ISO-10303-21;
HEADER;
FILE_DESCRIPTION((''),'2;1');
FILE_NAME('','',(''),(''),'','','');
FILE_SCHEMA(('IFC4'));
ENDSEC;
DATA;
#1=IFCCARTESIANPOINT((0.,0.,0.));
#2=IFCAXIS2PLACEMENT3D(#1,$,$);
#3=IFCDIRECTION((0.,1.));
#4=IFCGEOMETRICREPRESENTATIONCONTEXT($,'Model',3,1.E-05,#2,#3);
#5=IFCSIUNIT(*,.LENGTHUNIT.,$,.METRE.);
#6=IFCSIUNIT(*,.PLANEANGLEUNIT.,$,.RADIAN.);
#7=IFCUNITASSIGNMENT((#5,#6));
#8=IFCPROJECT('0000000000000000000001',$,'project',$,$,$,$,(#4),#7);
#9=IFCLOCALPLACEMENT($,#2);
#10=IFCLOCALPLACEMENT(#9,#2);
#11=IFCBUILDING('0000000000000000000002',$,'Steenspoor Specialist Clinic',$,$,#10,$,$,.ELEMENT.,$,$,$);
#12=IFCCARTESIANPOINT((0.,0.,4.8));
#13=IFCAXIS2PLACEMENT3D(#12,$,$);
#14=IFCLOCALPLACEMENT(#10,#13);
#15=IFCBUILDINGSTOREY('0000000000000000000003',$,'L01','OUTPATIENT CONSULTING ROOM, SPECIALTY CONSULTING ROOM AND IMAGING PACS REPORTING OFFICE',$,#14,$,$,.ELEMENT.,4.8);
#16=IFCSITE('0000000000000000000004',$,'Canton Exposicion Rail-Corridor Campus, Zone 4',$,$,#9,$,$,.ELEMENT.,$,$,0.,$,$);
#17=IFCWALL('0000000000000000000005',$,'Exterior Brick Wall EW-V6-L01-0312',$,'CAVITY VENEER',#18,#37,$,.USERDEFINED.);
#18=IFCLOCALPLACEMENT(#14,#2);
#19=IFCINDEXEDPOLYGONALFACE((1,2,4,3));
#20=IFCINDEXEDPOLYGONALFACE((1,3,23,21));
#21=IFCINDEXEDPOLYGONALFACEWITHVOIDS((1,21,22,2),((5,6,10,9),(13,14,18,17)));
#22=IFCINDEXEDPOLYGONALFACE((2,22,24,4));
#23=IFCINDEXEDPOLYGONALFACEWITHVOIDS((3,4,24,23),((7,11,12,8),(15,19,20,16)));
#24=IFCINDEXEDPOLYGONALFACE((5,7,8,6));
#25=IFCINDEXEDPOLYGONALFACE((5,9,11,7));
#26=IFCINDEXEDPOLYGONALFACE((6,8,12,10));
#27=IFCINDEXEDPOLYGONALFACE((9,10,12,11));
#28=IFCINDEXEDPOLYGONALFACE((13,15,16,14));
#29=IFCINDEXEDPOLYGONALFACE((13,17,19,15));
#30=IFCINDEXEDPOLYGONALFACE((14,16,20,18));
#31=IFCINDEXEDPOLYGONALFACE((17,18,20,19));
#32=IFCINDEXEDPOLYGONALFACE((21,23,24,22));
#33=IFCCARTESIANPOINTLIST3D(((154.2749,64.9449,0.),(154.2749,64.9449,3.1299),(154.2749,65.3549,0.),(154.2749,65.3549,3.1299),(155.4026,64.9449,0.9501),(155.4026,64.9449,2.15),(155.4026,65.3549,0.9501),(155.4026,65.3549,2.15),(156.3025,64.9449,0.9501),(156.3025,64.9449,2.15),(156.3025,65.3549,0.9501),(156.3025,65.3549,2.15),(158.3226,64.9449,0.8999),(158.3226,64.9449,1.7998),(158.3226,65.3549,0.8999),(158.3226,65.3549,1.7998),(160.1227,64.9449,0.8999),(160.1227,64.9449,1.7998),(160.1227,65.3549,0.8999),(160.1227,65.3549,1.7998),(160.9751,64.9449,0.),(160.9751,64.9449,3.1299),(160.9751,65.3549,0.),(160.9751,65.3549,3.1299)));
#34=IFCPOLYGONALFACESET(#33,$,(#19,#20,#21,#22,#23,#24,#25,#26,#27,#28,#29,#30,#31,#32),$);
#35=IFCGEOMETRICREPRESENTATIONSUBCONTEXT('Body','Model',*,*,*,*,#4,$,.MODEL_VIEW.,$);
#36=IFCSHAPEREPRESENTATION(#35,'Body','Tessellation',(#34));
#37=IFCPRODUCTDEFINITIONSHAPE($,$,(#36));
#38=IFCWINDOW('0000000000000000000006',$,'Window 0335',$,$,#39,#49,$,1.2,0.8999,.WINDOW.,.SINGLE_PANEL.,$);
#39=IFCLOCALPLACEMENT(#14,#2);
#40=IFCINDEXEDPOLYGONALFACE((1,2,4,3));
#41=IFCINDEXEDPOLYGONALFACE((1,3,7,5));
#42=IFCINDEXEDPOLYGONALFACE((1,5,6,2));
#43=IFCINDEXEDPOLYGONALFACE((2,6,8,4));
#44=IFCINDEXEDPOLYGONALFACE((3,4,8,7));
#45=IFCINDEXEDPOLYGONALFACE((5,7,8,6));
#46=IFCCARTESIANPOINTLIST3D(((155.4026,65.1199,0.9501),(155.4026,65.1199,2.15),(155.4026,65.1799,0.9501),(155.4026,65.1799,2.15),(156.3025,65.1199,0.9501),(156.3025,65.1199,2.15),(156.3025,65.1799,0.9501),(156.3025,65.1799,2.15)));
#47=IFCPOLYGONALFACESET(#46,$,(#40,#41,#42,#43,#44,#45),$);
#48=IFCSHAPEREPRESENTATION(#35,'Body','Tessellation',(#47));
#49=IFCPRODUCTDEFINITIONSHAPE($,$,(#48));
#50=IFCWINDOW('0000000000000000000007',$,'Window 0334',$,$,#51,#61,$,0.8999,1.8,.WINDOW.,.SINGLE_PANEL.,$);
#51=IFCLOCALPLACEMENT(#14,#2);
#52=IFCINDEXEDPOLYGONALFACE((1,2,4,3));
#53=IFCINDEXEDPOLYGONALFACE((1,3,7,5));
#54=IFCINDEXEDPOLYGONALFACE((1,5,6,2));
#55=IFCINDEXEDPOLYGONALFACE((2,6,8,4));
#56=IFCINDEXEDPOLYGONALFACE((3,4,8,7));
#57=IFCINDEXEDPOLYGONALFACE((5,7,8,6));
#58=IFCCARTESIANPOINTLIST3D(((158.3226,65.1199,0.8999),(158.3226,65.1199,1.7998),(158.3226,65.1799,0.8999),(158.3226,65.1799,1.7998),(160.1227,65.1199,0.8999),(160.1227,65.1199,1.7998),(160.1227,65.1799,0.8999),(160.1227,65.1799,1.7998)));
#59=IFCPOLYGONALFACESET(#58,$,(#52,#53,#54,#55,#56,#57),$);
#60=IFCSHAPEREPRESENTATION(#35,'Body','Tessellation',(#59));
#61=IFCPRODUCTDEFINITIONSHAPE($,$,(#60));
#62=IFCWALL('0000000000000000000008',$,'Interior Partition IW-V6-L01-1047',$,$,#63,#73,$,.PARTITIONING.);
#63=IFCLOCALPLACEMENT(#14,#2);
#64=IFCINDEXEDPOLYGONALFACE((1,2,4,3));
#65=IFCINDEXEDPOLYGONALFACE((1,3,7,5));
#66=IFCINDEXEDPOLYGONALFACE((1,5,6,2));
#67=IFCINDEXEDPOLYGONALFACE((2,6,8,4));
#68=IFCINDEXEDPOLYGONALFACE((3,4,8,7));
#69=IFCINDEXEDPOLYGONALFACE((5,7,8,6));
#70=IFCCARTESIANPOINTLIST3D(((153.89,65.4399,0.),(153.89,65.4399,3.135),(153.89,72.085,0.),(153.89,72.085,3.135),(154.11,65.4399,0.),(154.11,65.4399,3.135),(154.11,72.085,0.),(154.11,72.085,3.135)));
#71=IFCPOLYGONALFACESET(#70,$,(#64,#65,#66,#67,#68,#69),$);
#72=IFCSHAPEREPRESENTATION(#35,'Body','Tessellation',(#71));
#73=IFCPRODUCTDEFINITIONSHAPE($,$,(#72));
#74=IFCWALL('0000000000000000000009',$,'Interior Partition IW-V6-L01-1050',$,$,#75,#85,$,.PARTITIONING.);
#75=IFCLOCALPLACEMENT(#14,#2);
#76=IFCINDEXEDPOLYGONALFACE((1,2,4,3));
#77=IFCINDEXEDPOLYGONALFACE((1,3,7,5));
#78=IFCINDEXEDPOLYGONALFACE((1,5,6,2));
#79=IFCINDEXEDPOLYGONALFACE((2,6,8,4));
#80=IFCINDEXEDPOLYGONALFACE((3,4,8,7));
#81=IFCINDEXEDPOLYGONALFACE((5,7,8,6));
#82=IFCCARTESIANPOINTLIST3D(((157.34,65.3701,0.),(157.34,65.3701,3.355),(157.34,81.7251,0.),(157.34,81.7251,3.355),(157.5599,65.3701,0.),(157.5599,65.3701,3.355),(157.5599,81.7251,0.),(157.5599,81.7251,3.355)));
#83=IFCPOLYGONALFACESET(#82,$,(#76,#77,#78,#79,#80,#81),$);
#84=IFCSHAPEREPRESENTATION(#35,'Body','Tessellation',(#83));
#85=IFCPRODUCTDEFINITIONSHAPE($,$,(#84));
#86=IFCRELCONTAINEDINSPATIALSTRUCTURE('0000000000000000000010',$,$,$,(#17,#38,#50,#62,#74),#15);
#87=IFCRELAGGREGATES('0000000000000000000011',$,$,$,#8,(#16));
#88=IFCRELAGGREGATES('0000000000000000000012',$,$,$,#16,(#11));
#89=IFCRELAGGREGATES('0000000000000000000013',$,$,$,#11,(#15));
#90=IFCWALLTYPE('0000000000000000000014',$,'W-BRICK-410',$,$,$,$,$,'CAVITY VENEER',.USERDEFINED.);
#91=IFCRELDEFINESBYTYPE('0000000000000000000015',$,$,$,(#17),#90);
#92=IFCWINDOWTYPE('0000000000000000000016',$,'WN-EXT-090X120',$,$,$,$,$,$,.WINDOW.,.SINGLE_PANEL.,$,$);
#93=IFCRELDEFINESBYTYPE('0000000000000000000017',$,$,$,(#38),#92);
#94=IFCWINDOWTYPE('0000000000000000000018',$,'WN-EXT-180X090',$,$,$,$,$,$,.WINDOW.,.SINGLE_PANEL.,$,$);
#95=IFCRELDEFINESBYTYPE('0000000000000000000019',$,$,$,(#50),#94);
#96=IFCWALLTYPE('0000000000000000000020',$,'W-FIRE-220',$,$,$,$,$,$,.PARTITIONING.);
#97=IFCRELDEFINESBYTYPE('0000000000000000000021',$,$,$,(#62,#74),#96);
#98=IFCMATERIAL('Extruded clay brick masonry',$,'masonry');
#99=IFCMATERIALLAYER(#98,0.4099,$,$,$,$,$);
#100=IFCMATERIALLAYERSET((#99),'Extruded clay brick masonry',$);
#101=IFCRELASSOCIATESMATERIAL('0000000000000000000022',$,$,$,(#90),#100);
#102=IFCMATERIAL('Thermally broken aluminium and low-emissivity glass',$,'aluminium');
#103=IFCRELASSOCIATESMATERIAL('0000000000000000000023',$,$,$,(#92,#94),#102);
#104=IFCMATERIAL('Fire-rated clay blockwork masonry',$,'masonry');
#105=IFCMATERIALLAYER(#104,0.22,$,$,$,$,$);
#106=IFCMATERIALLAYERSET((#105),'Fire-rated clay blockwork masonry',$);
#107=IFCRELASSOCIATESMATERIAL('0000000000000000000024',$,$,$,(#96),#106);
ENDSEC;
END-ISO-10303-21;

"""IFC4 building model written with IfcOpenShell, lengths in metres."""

from ifc_helpers import new_model, si_unit, direction, frame, frame_2d, origin, place, context, subcontext, project, spatial, rectangle, extrude, material, layer, layer_set, type_object, element, fill, save


model = new_model("IFC4")

# Units and contexts
model_context = context("Model", 3, precision=1e-05, world=origin(), true_north=direction((0.0, 1.0)))
body_context = subcontext(model_context, "Body", "Model", "MODEL_VIEW")
ifc_project = project(units=[si_unit("LENGTHUNIT", "METRE"), si_unit("PLANEANGLEUNIT", "RADIAN")], contexts=[model_context])

# Site, building, storey
site_placement = place(None, origin())
site = spatial("IfcSite", under=ifc_project, at=site_placement, Name="Canton Exposicion Rail-Corridor Campus, Zone 4", CompositionType="ELEMENT", RefElevation=0.0)
building_placement = place(site_placement, origin())
building = spatial("IfcBuilding", under=site, at=building_placement, Name="Steenspoor Specialist Clinic", CompositionType="ELEMENT")
storey_placement = place(building_placement, frame((0.0, 0.0, 4.8)))
storey = spatial("IfcBuildingStorey", under=building, at=storey_placement, Name="L01", Description="OUTPATIENT CONSULTING ROOM, SPECIALTY CONSULTING ROOM AND IMAGING PACS REPORTING OFFICE", CompositionType="ELEMENT", Elevation=4.8)

# Shared definitions
ifc_material_1 = material(Name="Thermally broken aluminium and low-emissivity glass", Category="aluminium")

# Wall, openings, windows
ifc_material_2 = material(Name="Extruded clay brick masonry", Category="masonry")
ifc_layer_1 = layer(ifc_material_2, 0.4099)
ifc_layer_set_1 = layer_set([ifc_layer_1], Name="Extruded clay brick masonry")
wall_type_1 = type_object("IfcWallType", Name="W-BRICK-410", ElementType="CAVITY VENEER", PredefinedType="USERDEFINED", material=ifc_layer_set_1)
wall_1_placement = place(storey_placement, frame((160.9751, 65.1499, 0.0), z_axis=(0.0, 0.0, 1.0), x_axis=(-1.0, 0.0, 0.0)))
wall_1 = element("IfcWall", 1, at=wall_1_placement, inside=storey, type_object=wall_type_1, Name="Exterior Brick Wall EW-V6-L01-0312", ObjectType="CAVITY VENEER", PredefinedType="USERDEFINED", context=body_context, shape_type="SweptSolid", body=[
    extrude(rectangle(XDim=6.7002, YDim=0.4099, at=frame_2d((3.3501, 0.0))), origin(), (0.0, 0.0, 1.0), 3.1299),
])
opening_1_placement = place(wall_1_placement, frame((0.8525, 0.0, 0.8999)))
opening_1 = element("IfcOpeningElement", 2, at=opening_1_placement, cuts=wall_1, PredefinedType="OPENING", context=body_context, shape_type="SweptSolid", body=[
    extrude(rectangle(XDim=1.8, YDim=0.8999, at=frame_2d((0.8999, 0.45))), frame((0.0, 0.2148, 0.0), z_axis=(0.0, -1.0, 0.0), x_axis=(1.0, 0.0, 0.0)), (0.0, 0.0, 1.0), 0.4299),
])
opening_2_placement = place(wall_1_placement, frame((4.6726, 0.0, 0.95)))
opening_2 = element("IfcOpeningElement", 3, at=opening_2_placement, cuts=wall_1, PredefinedType="OPENING", context=body_context, shape_type="SweptSolid", body=[
    extrude(rectangle(XDim=0.8999, YDim=1.2, at=frame_2d((0.45, 0.6001))), frame((0.0, 0.2148, 0.0), z_axis=(0.0, -1.0, 0.0), x_axis=(1.0, 0.0, 0.0)), (0.0, 0.0, 1.0), 0.4299),
])
window_type_1 = type_object("IfcWindowType", Name="WN-EXT-090X120", PartitioningType="SINGLE_PANEL", PredefinedType="WINDOW", material=ifc_material_1)
window_1_placement = place(opening_2_placement, origin())
window_1 = element("IfcWindow", 4, at=window_1_placement, inside=storey, type_object=window_type_1, Name="Window 0335", OverallHeight=1.2, OverallWidth=0.8999, PartitioningType="SINGLE_PANEL", PredefinedType="WINDOW", context=body_context, shape_type="SweptSolid", body=[
    extrude(rectangle(XDim=0.8999, YDim=1.2, at=frame_2d((0.45, 0.6001))), frame((0.0, 0.03, 0.0), z_axis=(0.0, -1.0, 0.0), x_axis=(1.0, 0.0, 0.0)), (0.0, 0.0, 1.0), 0.0601),
])
fill(opening_2, window_1)
window_type_2 = type_object("IfcWindowType", Name="WN-EXT-180X090", PartitioningType="SINGLE_PANEL", PredefinedType="WINDOW", material=ifc_material_1)
window_2_placement = place(opening_1_placement, origin())
window_2 = element("IfcWindow", 5, at=window_2_placement, inside=storey, type_object=window_type_2, Name="Window 0334", OverallHeight=0.8999, OverallWidth=1.8, PartitioningType="SINGLE_PANEL", PredefinedType="WINDOW", context=body_context, shape_type="SweptSolid", body=[
    extrude(rectangle(XDim=1.8, YDim=0.8999, at=frame_2d((0.8999, 0.45))), frame((0.0, 0.03, 0.0), z_axis=(0.0, -1.0, 0.0), x_axis=(1.0, 0.0, 0.0)), (0.0, 0.0, 1.0), 0.0601),
])
fill(opening_1, window_2)

# Walls
ifc_material_3 = material(Name="Fire-rated clay blockwork masonry", Category="masonry")
ifc_layer_2 = layer(ifc_material_3, 0.22)
ifc_layer_set_2 = layer_set([ifc_layer_2], Name="Fire-rated clay blockwork masonry")
wall_type_2 = type_object("IfcWallType", Name="W-FIRE-220", PredefinedType="PARTITIONING", material=ifc_layer_set_2)
wall_2_placement = place(storey_placement, frame((154.0, 65.4399, 0.0), z_axis=(0.0, 0.0, 1.0), x_axis=(0.0, 1.0, 0.0)))
element("IfcWall", 6, at=wall_2_placement, inside=storey, type_object=wall_type_2, Name="Interior Partition IW-V6-L01-1047", PredefinedType="PARTITIONING", context=body_context, shape_type="SweptSolid", body=[
    extrude(rectangle(XDim=6.645, YDim=0.22, at=frame_2d((3.3225, 0.0))), origin(), (0.0, 0.0, 1.0), 3.135),
])
wall_3_placement = place(storey_placement, frame((157.45, 65.3701, 0.0), z_axis=(0.0, 0.0, 1.0), x_axis=(0.0, 1.0, 0.0)))
element("IfcWall", 7, at=wall_3_placement, inside=storey, type_object=wall_type_2, Name="Interior Partition IW-V6-L01-1050", PredefinedType="PARTITIONING", context=body_context, shape_type="SweptSolid", body=[
    extrude(rectangle(XDim=16.355, YDim=0.22, at=frame_2d((8.1775, 0.0))), origin(), (0.0, 0.0, 1.0), 3.355),
])

save(model, "model.ifc")
